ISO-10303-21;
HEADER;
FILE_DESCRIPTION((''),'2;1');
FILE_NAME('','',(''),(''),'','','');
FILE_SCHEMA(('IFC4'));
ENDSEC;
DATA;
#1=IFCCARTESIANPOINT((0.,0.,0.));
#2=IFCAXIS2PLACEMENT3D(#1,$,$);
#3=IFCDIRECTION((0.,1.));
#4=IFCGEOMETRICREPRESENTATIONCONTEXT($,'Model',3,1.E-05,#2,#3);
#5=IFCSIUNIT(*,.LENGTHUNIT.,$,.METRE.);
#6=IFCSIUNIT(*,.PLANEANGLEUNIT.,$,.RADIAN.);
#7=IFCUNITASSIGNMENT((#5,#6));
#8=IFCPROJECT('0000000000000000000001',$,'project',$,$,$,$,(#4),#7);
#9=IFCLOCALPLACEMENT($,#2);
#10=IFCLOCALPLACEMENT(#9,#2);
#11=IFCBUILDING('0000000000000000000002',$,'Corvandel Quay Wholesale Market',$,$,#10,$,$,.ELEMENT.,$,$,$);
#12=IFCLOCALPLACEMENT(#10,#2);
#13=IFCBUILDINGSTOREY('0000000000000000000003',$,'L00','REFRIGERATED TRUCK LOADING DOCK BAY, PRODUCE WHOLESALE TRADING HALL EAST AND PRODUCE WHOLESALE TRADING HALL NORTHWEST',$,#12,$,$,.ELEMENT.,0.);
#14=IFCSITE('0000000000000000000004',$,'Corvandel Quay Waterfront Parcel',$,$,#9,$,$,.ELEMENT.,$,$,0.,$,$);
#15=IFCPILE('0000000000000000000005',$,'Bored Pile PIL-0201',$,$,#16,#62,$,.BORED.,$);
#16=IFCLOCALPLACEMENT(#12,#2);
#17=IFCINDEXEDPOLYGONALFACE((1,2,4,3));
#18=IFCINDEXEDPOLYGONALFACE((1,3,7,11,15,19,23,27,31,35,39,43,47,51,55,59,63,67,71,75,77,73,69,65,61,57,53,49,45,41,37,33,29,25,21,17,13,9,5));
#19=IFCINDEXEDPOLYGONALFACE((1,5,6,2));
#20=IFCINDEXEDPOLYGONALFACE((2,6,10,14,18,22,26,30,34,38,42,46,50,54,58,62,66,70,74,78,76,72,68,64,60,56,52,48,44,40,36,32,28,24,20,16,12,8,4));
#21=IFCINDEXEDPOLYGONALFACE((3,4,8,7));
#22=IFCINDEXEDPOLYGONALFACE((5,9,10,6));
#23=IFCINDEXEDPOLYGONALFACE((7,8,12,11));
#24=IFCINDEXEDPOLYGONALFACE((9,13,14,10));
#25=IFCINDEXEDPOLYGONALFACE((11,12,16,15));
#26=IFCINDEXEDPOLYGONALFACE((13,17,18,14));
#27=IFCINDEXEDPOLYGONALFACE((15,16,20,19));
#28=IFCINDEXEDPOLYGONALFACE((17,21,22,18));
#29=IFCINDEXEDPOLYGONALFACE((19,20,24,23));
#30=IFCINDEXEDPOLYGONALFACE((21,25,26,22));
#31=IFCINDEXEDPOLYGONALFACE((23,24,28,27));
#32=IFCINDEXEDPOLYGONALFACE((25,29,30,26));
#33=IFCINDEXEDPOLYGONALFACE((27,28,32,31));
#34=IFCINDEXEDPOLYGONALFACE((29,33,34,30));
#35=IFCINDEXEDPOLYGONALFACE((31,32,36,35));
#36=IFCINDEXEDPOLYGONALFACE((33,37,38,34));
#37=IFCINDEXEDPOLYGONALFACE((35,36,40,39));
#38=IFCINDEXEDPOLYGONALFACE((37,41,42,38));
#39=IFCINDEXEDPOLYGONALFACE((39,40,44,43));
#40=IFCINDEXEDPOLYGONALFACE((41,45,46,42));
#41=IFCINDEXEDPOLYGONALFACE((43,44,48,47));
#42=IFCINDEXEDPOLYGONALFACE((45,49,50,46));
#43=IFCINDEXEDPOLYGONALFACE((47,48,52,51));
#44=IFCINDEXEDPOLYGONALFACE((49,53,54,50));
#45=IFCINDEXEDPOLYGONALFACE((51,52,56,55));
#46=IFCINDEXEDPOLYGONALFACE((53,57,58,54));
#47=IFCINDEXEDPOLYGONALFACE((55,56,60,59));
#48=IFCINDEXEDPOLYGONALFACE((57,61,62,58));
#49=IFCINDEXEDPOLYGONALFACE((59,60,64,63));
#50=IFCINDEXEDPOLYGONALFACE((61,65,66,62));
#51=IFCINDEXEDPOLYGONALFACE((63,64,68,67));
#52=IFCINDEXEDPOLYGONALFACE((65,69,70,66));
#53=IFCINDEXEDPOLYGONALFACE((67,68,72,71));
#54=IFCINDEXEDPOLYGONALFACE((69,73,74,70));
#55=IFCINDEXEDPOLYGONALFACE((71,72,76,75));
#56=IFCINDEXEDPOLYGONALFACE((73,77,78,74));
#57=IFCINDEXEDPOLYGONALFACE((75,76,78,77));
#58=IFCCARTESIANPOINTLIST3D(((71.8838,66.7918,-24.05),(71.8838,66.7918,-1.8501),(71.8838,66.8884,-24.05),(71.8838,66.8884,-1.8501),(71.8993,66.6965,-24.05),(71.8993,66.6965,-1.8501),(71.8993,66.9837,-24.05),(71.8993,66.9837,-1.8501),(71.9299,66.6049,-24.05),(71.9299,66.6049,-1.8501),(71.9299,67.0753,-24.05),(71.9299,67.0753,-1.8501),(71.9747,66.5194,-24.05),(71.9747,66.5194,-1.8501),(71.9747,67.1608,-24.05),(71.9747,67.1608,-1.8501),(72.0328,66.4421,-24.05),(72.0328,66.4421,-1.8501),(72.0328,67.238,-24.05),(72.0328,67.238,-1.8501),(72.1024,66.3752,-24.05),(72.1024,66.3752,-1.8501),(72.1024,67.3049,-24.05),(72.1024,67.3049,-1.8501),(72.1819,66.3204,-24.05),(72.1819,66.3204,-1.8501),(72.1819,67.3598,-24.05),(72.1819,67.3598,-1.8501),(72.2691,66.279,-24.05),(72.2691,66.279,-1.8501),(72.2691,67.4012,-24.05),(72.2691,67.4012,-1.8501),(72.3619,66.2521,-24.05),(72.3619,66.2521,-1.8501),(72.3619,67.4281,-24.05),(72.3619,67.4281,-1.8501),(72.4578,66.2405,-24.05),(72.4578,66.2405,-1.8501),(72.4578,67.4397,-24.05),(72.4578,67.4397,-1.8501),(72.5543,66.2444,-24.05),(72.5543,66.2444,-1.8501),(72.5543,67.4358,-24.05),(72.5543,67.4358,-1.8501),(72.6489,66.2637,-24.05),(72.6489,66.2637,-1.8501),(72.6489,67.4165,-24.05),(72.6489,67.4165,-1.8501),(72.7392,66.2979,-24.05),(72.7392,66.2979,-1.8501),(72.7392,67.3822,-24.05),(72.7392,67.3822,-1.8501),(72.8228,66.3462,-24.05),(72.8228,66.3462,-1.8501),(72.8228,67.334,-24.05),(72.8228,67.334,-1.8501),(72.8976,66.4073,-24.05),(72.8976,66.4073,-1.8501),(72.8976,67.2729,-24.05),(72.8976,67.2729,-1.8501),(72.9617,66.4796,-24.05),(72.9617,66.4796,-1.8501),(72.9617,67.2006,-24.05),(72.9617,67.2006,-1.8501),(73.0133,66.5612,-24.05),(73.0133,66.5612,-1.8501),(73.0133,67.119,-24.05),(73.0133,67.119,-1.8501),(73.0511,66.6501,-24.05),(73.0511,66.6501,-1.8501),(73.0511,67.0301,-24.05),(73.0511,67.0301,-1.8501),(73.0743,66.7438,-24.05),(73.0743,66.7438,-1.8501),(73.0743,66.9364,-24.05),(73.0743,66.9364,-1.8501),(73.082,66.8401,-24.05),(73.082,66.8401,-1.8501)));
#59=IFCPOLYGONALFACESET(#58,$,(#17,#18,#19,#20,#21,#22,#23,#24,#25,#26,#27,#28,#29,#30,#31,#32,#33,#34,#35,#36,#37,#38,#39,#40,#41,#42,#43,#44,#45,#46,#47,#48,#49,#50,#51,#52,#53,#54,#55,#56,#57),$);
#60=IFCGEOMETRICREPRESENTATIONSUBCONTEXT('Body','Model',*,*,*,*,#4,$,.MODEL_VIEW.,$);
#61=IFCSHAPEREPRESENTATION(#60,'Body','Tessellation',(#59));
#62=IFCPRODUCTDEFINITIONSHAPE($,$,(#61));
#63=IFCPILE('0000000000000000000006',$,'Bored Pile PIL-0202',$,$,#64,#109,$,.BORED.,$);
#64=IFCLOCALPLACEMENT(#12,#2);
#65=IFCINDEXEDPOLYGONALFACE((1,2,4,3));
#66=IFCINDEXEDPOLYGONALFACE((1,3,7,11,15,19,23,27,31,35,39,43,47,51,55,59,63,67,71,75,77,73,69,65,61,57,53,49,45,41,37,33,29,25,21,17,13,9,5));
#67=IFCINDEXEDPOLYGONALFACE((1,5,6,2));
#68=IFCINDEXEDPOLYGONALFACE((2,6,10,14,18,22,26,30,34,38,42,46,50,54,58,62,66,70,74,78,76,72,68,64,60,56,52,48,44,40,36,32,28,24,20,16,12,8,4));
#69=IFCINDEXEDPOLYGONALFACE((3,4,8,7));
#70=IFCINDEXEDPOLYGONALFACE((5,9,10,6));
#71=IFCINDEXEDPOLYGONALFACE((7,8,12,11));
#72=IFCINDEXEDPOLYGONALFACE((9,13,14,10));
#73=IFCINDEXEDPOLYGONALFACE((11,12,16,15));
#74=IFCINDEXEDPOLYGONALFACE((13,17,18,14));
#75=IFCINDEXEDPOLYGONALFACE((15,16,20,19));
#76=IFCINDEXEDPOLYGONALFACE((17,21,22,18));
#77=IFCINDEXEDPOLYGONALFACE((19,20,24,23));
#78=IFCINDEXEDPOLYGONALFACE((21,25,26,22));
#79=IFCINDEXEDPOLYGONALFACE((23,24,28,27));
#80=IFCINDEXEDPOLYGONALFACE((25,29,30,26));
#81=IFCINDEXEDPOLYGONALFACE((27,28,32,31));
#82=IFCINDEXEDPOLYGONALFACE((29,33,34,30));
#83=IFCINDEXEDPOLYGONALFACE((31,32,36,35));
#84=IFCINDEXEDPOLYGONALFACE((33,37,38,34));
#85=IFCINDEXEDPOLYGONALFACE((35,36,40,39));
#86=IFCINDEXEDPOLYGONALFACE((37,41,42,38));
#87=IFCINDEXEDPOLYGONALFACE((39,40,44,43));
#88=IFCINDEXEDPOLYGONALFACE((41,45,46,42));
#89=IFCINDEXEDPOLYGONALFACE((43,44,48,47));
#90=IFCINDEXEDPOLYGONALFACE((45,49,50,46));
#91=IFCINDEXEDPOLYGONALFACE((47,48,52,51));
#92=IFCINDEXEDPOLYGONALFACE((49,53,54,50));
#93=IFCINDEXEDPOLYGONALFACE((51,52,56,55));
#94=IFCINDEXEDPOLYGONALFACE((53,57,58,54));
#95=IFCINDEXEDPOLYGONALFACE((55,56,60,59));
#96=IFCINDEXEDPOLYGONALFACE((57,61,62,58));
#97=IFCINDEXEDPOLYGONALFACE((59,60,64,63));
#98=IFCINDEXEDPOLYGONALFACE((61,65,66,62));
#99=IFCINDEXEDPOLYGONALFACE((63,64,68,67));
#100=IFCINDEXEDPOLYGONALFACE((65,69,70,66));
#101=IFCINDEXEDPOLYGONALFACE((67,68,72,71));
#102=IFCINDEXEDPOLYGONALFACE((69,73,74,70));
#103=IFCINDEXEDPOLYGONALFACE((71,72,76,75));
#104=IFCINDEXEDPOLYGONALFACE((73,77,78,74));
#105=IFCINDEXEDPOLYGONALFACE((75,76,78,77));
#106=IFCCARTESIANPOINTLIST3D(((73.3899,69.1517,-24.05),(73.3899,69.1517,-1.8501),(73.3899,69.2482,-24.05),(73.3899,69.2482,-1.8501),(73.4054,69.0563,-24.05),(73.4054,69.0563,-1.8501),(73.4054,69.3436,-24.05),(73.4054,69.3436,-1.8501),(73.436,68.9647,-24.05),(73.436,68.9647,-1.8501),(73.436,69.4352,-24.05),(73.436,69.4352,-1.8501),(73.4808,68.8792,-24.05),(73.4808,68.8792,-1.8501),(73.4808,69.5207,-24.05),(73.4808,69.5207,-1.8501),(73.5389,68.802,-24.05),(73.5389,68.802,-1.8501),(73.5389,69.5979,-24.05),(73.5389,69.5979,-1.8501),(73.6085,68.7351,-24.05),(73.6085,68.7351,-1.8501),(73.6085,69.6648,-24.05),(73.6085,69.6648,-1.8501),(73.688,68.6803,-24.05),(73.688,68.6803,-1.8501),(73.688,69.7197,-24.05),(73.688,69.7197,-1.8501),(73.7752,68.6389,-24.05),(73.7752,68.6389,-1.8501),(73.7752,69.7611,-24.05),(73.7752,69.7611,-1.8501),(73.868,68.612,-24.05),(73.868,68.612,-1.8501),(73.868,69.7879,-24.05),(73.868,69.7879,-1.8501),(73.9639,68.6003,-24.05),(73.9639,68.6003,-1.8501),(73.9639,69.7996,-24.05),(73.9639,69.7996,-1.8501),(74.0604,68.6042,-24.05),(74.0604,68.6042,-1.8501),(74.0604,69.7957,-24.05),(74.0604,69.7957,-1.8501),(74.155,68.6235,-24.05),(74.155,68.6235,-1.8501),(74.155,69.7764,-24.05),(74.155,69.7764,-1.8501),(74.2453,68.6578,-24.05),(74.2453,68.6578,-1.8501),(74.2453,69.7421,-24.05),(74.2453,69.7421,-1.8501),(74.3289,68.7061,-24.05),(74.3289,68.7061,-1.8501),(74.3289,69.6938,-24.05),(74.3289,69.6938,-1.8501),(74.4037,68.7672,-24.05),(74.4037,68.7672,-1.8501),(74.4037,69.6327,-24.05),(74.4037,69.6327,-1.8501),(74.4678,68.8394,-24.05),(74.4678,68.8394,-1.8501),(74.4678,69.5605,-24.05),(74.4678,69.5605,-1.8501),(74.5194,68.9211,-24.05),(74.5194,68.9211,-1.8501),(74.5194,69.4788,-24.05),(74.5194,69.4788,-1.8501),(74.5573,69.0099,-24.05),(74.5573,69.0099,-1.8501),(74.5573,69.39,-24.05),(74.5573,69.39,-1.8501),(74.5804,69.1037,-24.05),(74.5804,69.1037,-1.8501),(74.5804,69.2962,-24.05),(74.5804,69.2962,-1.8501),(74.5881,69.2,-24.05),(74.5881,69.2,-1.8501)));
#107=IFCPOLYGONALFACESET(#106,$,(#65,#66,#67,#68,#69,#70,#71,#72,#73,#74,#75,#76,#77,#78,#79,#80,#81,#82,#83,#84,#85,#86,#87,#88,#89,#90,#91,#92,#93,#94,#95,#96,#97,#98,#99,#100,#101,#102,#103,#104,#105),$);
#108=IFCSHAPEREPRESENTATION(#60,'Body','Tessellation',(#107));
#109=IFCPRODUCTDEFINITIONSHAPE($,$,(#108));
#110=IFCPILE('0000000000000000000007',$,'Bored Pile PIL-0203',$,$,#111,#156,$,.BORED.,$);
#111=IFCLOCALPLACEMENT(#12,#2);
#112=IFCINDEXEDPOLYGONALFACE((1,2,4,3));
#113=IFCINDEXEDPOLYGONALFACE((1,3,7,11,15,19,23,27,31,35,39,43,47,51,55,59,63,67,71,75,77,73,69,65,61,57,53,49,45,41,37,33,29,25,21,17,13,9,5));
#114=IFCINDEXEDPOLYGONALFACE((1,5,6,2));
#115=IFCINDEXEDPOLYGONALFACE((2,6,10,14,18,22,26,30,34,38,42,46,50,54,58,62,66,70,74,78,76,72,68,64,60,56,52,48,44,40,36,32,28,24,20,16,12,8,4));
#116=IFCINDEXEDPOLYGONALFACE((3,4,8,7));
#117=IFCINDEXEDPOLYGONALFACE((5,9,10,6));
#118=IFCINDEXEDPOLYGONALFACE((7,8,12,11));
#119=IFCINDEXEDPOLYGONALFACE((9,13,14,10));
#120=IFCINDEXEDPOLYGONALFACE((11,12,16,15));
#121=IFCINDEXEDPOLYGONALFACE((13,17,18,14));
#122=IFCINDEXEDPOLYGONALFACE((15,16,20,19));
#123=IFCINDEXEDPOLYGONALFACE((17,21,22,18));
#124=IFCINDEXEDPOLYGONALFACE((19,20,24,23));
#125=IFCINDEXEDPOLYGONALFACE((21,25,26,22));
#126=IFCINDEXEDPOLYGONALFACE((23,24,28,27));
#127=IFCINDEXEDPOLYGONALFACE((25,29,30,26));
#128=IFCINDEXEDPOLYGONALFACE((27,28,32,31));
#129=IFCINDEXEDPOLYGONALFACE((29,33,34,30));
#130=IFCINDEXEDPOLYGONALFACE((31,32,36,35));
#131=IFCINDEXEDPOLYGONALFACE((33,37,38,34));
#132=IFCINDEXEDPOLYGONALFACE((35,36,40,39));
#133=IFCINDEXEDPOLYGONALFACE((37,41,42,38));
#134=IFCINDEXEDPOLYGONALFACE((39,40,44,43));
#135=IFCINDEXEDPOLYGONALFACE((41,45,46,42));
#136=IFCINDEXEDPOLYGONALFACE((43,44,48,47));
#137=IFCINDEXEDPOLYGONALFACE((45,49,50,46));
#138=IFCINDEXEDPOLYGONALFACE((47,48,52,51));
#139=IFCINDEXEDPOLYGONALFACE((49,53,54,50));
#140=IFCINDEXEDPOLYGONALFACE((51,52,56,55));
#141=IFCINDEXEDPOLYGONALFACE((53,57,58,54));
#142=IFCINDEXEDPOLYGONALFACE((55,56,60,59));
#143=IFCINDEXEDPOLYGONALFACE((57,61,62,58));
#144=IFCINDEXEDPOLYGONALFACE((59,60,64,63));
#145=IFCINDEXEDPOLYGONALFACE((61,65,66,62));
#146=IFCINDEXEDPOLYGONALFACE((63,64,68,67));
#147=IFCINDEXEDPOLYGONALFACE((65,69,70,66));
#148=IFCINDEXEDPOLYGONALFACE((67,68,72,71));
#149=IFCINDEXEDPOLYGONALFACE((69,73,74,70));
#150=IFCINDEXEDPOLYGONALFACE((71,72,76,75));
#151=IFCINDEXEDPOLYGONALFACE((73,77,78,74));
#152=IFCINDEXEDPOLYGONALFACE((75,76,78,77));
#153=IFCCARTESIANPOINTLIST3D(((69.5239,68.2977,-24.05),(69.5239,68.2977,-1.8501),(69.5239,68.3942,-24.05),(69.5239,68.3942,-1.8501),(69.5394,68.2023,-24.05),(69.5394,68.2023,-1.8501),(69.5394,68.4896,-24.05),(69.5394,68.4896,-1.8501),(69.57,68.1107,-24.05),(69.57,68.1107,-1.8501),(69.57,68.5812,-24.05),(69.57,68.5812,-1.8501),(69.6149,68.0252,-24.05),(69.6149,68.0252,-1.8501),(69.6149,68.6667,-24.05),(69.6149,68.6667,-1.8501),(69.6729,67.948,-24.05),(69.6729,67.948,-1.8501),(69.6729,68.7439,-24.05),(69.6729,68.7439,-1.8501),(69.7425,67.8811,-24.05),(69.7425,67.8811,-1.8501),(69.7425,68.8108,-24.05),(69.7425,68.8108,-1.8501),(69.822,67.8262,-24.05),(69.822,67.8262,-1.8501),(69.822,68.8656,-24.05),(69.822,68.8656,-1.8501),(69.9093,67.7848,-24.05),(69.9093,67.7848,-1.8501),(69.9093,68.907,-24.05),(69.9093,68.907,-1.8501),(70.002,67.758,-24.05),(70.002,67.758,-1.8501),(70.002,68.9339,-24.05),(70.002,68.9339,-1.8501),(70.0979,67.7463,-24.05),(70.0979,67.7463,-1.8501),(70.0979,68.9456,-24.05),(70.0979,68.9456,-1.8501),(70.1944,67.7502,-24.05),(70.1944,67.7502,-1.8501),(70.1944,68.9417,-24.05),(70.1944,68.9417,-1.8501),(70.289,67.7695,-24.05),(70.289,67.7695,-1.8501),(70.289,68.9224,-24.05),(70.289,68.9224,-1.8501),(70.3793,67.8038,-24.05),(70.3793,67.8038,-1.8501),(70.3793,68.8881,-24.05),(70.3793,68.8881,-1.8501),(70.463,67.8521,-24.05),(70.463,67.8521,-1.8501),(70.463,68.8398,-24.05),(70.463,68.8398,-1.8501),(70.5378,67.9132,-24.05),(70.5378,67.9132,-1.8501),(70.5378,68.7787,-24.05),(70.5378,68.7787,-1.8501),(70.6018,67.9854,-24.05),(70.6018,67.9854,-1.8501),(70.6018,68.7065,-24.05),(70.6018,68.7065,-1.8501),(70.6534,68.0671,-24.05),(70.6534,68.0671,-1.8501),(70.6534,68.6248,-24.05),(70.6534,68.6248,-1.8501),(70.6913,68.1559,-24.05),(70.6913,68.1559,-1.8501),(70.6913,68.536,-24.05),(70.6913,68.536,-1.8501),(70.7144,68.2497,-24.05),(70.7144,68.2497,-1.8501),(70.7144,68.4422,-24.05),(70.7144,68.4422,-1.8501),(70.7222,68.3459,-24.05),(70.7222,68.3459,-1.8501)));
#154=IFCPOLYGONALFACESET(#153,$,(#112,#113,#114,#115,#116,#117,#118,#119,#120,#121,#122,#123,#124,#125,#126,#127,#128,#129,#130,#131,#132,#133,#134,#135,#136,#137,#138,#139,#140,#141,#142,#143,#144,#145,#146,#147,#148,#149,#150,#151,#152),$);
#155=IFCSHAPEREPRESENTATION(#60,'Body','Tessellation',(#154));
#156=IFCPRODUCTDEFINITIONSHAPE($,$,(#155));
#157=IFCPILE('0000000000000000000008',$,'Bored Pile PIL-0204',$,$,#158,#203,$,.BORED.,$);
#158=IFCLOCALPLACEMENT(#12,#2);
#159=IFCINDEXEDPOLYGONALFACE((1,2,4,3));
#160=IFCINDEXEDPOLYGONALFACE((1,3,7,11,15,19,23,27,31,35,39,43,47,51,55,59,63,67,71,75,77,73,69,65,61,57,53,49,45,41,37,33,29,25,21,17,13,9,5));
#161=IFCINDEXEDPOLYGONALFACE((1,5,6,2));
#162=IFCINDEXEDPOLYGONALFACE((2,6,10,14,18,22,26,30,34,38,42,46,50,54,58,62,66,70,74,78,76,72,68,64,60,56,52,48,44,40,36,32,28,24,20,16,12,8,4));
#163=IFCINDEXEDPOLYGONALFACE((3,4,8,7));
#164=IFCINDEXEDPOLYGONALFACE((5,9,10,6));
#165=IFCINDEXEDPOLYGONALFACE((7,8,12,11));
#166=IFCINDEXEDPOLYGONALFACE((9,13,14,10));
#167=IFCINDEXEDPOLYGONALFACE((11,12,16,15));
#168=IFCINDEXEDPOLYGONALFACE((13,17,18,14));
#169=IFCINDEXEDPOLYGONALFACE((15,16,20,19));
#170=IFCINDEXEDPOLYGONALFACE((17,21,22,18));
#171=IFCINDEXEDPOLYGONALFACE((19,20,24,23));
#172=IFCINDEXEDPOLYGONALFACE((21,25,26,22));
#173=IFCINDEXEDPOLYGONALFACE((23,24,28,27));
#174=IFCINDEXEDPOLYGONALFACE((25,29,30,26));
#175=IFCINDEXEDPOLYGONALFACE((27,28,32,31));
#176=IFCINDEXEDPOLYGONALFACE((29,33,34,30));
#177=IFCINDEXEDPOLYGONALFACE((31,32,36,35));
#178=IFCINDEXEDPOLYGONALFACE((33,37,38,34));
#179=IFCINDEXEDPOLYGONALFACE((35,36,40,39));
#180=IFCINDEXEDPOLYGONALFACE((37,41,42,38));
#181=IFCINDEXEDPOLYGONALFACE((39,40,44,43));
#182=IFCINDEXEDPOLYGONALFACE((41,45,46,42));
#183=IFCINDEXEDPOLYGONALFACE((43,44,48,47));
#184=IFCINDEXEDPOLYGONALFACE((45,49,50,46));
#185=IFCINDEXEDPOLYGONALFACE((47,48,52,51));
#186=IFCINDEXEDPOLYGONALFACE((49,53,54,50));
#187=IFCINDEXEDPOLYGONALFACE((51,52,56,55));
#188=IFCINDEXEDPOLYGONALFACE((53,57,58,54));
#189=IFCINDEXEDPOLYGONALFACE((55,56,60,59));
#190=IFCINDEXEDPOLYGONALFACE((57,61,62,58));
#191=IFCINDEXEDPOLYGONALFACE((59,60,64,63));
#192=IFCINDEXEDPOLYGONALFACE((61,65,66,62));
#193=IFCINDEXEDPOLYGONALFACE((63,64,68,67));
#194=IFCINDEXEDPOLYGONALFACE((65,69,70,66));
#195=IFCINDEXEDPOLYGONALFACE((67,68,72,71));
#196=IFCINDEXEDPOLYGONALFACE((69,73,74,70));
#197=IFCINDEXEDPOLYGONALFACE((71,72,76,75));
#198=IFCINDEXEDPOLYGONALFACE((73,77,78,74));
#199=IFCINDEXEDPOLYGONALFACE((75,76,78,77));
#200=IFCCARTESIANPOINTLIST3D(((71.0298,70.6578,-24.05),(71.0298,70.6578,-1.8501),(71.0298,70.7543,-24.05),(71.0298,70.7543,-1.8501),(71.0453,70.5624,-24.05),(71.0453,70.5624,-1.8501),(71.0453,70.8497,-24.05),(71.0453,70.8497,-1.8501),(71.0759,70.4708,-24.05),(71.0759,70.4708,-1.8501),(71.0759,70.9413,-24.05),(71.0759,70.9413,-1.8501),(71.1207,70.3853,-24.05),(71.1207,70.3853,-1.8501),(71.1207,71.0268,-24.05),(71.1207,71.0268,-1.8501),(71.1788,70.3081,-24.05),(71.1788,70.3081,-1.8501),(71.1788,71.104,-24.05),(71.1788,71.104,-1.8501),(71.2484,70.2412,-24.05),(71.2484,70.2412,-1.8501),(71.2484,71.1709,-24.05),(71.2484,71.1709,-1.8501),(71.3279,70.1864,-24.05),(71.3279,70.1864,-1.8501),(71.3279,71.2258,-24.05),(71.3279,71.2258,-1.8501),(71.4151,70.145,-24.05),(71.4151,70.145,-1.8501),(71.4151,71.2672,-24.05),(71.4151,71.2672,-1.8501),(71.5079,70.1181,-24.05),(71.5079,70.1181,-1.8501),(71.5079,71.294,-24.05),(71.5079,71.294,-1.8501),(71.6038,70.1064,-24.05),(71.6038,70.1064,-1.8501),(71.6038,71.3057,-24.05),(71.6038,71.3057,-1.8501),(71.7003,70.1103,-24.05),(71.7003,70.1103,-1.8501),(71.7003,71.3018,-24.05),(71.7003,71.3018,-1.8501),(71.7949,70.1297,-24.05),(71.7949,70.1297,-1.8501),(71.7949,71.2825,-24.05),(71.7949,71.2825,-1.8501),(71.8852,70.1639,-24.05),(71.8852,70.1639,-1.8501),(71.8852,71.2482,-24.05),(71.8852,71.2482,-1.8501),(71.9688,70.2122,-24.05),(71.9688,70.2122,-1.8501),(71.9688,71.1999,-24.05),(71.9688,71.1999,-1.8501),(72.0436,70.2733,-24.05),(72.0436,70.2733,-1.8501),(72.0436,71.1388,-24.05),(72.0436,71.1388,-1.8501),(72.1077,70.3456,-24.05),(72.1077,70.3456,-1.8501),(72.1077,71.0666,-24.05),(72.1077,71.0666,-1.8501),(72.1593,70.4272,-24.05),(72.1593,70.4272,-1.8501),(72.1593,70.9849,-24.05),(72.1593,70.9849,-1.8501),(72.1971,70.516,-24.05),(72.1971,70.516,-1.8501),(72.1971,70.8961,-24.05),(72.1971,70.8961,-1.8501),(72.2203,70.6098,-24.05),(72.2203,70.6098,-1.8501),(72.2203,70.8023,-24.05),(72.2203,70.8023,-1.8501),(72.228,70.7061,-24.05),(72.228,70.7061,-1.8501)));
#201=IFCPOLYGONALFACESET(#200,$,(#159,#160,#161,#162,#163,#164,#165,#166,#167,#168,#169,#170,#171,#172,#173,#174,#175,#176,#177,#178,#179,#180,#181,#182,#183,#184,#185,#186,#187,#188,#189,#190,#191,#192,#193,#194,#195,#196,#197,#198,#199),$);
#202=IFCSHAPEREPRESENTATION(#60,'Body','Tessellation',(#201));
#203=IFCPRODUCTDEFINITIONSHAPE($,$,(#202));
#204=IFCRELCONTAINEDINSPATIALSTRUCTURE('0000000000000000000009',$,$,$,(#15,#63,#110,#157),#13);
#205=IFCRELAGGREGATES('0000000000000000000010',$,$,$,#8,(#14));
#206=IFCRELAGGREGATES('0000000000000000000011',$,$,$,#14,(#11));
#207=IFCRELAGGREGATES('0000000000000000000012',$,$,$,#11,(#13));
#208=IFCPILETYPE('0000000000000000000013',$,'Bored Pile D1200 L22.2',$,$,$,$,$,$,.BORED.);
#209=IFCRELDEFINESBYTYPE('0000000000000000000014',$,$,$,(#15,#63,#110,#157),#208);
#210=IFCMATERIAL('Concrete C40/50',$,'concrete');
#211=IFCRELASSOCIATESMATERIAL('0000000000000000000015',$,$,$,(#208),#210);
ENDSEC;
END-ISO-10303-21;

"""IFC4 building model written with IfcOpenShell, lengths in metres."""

from ifc_helpers import new_model, si_unit, direction, frame, origin, origin_2d, place, context, subcontext, project, spatial, circle, extrude, material, material_profile, profile_set, type_object, element, save


model = new_model("IFC4")

# Units and contexts
model_context = context("Model", 3, precision=1e-05, world=origin(), true_north=direction((0.0, 1.0)))
body_context = subcontext(model_context, "Body", "Model", "MODEL_VIEW")
ifc_project = project(units=[si_unit("LENGTHUNIT", "METRE"), si_unit("PLANEANGLEUNIT", "RADIAN")], contexts=[model_context])

# Site, building, storey
site_placement = place(None, origin())
site = spatial("IfcSite", under=ifc_project, at=site_placement, Name="Corvandel Quay Waterfront Parcel", CompositionType="ELEMENT", RefElevation=0.0)
building_placement = place(site_placement, origin())
building = spatial("IfcBuilding", under=site, at=building_placement, Name="Corvandel Quay Wholesale Market", CompositionType="ELEMENT")
storey_placement = place(building_placement, origin())
storey = spatial("IfcBuildingStorey", under=building, at=storey_placement, Name="L00", Description="REFRIGERATED TRUCK LOADING DOCK BAY, PRODUCE WHOLESALE TRADING HALL EAST AND PRODUCE WHOLESALE TRADING HALL NORTHWEST", CompositionType="ELEMENT", Elevation=0.0)

# Piles
ifc_material_1 = material(Name="Concrete C40/50", Category="concrete")
ifc_material_profile_1 = material_profile(ifc_material_1, circle(Radius=0.6001, at=origin_2d()), Name="RC-PILE-D1200")
ifc_profile_set_1 = profile_set([ifc_material_profile_1], Name="Concrete C40/50")
pile_type = type_object("IfcPileType", Name="Bored Pile D1200 L22.2", PredefinedType="BORED", material=ifc_profile_set_1)
for number, where, z_axis, x_axis, name in (
    (1, (72.4819, 66.8401, -1.8501), (0.0, 0.0, -1.0), (1.0, 0.0, 0.0), "Bored Pile PIL-0201"),
    (2, (73.988, 69.2, -1.8501), (0.0, 0.0, -1.0), (1.0, 0.0, 0.0), "Bored Pile PIL-0202"),
    (3, (70.1221, 68.3459, -1.8501), (0.0, 0.0, -1.0), (1.0, 0.0, 0.0), "Bored Pile PIL-0203"),
    (4, (71.6279, 70.7061, -1.8501), (0.0, 0.0, -1.0), (1.0, 0.0, 0.0), "Bored Pile PIL-0204"),
):
    element("IfcPile", number, at=place(storey_placement, frame(where, z_axis=z_axis, x_axis=x_axis)), inside=storey, type_object=pile_type, Name=name, PredefinedType="BORED", context=body_context, shape_type="SweptSolid", body=[
        extrude(circle(Radius=0.6001, at=origin_2d()), origin(), (0.0, 0.0, 1.0), 22.2),
    ])

save(model, "model.ifc")
